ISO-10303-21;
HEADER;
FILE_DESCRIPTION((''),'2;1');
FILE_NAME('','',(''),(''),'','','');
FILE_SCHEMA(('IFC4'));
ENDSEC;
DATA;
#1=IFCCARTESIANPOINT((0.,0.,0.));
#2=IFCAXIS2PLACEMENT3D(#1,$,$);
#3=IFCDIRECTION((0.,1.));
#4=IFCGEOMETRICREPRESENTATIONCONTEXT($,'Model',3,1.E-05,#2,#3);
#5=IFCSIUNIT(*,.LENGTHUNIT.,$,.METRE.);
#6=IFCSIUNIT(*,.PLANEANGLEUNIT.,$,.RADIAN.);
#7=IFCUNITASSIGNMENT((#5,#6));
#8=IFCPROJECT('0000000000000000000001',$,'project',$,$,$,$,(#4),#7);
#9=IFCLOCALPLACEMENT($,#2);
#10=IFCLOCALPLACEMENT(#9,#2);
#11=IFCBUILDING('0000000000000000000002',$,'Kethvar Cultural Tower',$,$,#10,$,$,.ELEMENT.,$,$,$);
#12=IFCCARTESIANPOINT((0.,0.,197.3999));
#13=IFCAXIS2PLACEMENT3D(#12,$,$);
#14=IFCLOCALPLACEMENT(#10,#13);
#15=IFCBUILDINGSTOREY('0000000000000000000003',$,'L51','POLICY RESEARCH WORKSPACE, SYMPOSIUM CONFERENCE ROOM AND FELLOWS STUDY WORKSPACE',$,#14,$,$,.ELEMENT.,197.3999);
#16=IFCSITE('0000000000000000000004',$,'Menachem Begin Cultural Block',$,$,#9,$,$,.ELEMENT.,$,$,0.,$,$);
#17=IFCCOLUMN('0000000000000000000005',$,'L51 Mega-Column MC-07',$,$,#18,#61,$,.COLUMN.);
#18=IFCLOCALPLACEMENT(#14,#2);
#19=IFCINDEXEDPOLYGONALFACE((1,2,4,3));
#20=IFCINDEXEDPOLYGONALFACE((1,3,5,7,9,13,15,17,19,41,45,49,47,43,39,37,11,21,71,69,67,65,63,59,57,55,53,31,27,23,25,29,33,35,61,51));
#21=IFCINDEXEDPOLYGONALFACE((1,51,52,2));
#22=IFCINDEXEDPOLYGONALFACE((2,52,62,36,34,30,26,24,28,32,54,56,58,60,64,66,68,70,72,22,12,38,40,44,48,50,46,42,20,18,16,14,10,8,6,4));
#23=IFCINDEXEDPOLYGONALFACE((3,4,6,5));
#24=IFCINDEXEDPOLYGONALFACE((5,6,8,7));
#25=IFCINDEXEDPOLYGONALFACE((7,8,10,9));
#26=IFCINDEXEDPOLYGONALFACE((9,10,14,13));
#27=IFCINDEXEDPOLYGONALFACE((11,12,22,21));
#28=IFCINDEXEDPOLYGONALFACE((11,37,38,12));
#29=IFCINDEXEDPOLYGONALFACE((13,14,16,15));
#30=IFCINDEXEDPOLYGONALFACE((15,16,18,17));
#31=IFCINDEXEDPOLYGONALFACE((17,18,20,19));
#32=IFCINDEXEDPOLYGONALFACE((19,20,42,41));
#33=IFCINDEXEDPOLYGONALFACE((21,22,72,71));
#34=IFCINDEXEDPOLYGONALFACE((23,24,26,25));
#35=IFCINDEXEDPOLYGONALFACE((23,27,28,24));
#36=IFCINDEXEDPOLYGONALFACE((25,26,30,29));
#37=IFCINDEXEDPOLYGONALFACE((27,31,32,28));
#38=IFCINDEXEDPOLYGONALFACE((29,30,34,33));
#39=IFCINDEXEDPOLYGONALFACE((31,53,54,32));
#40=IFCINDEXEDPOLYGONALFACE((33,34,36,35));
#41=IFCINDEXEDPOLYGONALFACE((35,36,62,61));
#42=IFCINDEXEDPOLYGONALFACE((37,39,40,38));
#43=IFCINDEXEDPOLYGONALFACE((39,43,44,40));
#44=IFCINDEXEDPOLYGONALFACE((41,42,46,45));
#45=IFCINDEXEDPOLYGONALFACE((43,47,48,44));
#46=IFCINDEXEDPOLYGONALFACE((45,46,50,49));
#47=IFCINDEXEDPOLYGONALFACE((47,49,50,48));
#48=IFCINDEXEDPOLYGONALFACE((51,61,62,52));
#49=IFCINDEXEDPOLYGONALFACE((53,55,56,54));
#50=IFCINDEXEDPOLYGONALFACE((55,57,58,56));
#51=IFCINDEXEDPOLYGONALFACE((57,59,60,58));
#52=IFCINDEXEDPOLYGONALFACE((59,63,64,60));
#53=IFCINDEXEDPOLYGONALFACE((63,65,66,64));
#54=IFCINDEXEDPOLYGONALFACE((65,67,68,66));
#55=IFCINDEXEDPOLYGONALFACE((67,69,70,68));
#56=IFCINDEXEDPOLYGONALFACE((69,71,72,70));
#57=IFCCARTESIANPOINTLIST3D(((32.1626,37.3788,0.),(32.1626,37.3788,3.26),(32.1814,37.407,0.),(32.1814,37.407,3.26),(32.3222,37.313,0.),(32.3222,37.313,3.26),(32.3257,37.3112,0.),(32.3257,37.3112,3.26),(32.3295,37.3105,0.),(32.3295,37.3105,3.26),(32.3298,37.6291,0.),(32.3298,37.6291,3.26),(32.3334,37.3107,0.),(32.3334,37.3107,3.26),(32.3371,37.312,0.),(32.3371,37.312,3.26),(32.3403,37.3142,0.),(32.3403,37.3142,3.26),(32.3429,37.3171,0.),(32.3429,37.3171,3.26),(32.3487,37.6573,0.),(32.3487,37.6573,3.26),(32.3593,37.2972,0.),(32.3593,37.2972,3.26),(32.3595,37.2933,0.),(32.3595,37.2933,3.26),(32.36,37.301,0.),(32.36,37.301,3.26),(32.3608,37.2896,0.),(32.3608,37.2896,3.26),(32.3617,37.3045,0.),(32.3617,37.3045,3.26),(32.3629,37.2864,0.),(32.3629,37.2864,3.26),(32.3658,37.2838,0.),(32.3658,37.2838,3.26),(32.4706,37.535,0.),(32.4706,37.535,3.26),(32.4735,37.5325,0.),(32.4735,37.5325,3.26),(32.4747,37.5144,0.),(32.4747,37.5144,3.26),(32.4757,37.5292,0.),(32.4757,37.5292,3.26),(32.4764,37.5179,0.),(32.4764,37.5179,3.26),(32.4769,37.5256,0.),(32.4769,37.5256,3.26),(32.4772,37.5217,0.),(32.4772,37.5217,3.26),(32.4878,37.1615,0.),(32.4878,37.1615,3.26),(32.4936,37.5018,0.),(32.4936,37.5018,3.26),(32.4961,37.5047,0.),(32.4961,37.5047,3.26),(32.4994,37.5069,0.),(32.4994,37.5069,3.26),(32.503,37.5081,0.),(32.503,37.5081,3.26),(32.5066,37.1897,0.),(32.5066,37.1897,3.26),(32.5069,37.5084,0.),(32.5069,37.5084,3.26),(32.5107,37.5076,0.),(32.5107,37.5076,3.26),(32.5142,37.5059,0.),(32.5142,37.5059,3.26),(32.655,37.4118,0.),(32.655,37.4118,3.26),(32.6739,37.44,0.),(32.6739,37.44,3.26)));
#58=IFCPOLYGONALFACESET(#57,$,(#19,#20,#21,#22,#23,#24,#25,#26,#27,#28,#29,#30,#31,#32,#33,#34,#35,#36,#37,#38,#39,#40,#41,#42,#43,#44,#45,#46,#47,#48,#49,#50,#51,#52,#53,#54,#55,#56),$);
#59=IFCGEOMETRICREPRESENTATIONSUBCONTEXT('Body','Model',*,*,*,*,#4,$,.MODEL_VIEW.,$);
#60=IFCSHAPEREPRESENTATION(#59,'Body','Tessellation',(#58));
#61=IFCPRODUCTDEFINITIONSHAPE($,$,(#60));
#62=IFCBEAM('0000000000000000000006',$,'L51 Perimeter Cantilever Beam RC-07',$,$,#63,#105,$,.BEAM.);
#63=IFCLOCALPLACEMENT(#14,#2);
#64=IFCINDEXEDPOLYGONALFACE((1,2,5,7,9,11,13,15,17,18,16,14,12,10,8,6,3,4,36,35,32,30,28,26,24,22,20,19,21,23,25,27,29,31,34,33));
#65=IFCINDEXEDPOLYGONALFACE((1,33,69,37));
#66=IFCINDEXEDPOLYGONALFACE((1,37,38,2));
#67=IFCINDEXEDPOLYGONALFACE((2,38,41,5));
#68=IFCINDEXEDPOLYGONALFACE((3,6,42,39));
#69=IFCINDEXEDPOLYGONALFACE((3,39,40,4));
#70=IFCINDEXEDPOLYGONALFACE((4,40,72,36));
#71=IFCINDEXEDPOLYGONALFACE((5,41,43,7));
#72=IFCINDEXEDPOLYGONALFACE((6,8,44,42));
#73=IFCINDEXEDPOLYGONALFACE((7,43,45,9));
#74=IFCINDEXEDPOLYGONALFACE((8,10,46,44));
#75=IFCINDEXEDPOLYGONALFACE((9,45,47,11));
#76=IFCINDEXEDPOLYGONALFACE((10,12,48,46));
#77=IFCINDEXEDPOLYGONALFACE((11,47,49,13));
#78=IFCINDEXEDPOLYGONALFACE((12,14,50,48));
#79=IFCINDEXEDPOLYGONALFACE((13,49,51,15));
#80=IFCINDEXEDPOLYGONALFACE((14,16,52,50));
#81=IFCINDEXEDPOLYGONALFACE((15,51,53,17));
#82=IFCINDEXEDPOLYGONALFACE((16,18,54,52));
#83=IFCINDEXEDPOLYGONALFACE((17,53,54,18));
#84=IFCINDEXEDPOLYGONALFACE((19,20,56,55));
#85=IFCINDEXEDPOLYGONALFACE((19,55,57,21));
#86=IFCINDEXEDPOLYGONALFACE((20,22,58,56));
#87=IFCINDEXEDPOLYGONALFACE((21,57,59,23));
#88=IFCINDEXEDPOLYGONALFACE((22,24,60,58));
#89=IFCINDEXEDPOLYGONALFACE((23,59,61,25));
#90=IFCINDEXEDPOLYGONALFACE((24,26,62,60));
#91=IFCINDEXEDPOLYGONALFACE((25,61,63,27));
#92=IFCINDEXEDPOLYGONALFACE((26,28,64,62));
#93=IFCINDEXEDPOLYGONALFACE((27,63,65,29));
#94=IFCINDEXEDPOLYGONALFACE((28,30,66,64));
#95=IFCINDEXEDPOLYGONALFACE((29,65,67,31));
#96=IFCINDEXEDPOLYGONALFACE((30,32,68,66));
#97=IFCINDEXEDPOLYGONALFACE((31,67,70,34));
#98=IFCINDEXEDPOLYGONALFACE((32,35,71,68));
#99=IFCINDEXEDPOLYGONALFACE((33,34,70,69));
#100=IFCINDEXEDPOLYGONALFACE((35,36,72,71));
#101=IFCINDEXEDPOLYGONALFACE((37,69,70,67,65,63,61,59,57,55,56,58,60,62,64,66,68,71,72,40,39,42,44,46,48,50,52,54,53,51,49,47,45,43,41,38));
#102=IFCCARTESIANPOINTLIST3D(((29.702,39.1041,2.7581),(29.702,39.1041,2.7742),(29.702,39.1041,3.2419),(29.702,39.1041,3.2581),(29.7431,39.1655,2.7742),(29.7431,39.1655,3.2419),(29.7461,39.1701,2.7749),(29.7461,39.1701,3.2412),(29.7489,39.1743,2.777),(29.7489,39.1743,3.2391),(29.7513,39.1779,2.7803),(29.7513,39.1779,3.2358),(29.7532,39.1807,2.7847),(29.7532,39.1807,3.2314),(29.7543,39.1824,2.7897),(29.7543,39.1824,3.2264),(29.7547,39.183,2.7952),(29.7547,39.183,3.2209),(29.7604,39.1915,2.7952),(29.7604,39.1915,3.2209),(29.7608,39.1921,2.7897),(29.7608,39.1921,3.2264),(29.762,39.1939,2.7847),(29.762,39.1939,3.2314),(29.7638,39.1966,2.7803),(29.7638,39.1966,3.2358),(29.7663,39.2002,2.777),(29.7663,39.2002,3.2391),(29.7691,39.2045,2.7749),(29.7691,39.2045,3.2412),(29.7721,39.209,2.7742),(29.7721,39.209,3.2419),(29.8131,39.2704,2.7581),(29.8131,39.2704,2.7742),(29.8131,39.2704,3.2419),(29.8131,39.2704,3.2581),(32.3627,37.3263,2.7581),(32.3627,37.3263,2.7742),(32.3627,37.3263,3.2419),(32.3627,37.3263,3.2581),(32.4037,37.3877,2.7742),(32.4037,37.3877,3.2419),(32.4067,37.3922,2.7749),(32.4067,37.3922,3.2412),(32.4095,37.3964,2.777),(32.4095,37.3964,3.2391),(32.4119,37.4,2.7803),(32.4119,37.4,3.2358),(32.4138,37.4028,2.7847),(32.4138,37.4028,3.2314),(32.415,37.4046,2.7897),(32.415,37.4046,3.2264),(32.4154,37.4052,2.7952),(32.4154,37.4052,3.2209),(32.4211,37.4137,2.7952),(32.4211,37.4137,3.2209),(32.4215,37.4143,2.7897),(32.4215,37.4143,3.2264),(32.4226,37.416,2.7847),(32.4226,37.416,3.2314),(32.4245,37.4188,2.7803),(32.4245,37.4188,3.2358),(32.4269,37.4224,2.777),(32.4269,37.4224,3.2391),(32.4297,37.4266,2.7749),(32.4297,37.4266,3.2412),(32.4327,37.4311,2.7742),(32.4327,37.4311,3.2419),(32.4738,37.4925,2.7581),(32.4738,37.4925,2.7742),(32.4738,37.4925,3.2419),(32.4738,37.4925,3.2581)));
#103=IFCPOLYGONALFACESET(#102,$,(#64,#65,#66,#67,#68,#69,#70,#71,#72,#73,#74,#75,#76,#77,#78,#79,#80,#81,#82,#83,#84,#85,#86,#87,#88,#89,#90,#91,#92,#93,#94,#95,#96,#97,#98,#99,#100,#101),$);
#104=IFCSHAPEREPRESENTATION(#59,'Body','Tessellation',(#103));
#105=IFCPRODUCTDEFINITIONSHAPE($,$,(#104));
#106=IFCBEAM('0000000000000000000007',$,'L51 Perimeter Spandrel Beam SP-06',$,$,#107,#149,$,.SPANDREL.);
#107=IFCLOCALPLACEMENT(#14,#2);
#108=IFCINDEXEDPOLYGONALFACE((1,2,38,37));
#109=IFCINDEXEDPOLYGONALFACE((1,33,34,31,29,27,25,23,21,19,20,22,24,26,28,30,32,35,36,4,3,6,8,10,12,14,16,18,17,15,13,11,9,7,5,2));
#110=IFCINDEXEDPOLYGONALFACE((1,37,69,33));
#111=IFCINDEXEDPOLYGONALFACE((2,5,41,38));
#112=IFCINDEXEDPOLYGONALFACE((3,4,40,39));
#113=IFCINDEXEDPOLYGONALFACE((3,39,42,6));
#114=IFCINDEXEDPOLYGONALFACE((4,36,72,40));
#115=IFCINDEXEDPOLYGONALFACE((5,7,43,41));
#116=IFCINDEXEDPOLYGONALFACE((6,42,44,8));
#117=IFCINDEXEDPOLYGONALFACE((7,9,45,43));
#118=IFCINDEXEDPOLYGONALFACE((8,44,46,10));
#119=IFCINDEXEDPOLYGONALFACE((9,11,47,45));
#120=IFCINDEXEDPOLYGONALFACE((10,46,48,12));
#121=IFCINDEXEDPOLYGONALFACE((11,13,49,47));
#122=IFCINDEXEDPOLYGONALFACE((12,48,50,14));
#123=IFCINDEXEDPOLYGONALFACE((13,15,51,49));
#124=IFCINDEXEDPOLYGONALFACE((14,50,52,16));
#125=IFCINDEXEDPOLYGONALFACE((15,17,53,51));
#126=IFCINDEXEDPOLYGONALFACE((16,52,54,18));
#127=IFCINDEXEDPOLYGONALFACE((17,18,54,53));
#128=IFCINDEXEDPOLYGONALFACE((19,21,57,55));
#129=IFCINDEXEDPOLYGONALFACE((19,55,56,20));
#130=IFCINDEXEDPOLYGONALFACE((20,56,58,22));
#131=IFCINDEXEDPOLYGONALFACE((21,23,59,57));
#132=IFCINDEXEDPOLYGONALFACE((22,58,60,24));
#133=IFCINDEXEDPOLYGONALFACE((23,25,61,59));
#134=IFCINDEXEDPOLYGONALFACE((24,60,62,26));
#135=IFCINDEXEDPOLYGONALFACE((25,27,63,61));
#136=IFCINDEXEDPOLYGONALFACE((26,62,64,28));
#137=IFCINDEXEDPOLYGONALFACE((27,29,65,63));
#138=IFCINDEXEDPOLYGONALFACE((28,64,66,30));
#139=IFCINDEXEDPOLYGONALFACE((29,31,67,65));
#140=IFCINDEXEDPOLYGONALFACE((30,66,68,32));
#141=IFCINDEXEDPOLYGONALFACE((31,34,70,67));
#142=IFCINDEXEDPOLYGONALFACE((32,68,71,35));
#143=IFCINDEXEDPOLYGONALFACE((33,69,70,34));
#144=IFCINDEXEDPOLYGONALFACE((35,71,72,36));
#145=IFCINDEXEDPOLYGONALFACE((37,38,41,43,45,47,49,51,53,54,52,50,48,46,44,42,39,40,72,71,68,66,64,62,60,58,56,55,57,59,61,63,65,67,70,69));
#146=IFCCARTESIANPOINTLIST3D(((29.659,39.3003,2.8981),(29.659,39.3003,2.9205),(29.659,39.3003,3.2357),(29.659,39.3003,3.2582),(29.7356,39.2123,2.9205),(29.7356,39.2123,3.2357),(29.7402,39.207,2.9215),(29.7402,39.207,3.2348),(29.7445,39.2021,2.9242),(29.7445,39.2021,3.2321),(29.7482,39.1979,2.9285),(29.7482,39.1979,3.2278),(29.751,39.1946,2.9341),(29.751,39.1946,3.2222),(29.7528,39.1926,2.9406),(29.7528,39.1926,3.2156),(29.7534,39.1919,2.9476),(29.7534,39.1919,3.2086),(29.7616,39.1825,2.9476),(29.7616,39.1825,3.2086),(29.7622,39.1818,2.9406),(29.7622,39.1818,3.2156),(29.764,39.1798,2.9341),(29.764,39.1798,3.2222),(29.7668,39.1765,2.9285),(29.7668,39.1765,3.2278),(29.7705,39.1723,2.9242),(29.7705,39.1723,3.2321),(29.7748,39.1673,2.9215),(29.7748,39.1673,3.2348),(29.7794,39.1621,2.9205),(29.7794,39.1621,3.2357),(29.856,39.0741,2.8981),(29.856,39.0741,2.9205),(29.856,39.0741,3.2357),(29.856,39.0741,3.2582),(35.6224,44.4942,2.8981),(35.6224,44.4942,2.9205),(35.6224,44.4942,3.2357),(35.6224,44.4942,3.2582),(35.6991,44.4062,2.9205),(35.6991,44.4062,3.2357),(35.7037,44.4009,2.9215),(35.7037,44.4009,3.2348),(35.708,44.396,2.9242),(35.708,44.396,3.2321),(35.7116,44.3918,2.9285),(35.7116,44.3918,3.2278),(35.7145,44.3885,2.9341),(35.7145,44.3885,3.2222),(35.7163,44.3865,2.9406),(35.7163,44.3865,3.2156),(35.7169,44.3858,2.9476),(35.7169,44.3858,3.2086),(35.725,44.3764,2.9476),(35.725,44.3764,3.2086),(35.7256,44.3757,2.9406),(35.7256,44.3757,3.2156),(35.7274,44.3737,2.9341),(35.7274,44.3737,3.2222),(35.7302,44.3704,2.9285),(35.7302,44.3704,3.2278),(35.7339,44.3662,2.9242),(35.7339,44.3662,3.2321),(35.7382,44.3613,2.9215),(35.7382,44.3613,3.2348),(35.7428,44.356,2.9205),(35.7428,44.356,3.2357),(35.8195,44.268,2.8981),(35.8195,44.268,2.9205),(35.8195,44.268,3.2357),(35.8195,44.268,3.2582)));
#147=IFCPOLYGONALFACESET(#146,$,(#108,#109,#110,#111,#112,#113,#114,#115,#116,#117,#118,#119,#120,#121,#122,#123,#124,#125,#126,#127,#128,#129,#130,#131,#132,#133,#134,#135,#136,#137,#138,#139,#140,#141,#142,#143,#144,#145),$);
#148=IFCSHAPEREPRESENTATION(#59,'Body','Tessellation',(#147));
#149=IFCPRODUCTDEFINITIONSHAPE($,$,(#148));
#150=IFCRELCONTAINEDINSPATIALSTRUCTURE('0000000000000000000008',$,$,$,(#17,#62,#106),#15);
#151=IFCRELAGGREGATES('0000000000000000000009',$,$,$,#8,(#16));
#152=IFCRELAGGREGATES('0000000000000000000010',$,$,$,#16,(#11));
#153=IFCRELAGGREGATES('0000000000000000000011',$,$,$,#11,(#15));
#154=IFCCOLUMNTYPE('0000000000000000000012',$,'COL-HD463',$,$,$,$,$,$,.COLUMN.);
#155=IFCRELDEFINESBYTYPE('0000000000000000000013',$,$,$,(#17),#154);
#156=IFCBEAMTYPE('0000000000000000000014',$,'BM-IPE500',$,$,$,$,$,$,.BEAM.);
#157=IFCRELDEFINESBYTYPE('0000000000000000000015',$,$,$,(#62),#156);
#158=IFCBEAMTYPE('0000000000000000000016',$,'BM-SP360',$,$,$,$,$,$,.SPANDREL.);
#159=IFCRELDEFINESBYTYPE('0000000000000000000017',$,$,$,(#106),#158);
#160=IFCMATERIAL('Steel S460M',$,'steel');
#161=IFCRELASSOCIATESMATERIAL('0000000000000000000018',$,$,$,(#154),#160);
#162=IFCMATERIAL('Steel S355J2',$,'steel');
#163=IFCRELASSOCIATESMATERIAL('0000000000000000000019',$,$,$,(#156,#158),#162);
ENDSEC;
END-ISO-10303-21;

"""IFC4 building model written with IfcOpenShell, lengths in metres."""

from ifc_helpers import new_model, si_unit, direction, frame, origin, origin_2d, place, context, subcontext, project, spatial, i_section, extrude, source, transform, mapped, material, material_profile, profile_set, type_object, element, save


model = new_model("IFC4")

# Units and contexts
model_context = context("Model", 3, precision=1e-05, world=origin(), true_north=direction((0.0, 1.0)))
body_context = subcontext(model_context, "Body", "Model", "MODEL_VIEW")
ifc_project = project(units=[si_unit("LENGTHUNIT", "METRE"), si_unit("PLANEANGLEUNIT", "RADIAN")], contexts=[model_context])

# Site, building, storey
site_placement = place(None, origin())
site = spatial("IfcSite", under=ifc_project, at=site_placement, Name="Menachem Begin Cultural Block", CompositionType="ELEMENT", RefElevation=0.0)
building_placement = place(site_placement, origin())
building = spatial("IfcBuilding", under=site, at=building_placement, Name="Kethvar Cultural Tower", CompositionType="ELEMENT")
storey_placement = place(building_placement, frame((0.0, 0.0, 197.3999)))
storey = spatial("IfcBuildingStorey", under=building, at=storey_placement, Name="L51", Description="POLICY RESEARCH WORKSPACE, SYMPOSIUM CONFERENCE ROOM AND FELLOWS STUDY WORKSPACE", CompositionType="ELEMENT", Elevation=197.3999)

# Column
ifc_material_1 = material(Name="Steel S460M", Category="steel")
ifc_material_profile_1 = material_profile(ifc_material_1, i_section(OverallWidth=0.3911, OverallDepth=0.335, WebThickness=0.0227, FlangeThickness=0.0339, FilletRadius=0.0149, at=origin_2d()), Name="Steel S460M — HD400x463")
ifc_profile_set_1 = profile_set([ifc_material_profile_1], Name="Steel S460M — HD400x463")
column_type = type_object("IfcColumnType", Name="COL-HD463", PredefinedType="COLUMN", material=ifc_profile_set_1)
shared_shape_1 = source(origin(), body_context, "Body", "SweptSolid", [
    extrude(i_section(OverallWidth=0.3911, OverallDepth=0.335, WebThickness=0.0227, FlangeThickness=0.0339, FilletRadius=0.0149, at=origin_2d()), origin(), (0.0, 0.0, 1.0), 3.26),
])
column_placement = place(storey_placement, frame((32.4182, 37.4094, 0.0), z_axis=(0.0, 0.0, 1.0), x_axis=(-0.83147, 0.55557, 0.0)))
element("IfcColumn", 1, at=column_placement, inside=storey, type_object=column_type, Name="L51 Mega-Column MC-07", PredefinedType="COLUMN", context=body_context, shape_type="MappedRepresentation", body=[
    mapped(shared_shape_1, transform((0.0, 0.0, 0.0), scale=1.0)),
])

# Beams
ifc_material_2 = material(Name="Steel S355J2", Category="steel")
ifc_material_profile_2 = material_profile(ifc_material_2, i_section(OverallWidth=0.2, OverallDepth=0.5, WebThickness=0.0103, FlangeThickness=0.0161, FilletRadius=0.021, at=origin_2d()), Name="Steel S355J2 — IPE500")
ifc_profile_set_2 = profile_set([ifc_material_profile_2], Name="Steel S355J2 — IPE500")
beam_type_1 = type_object("IfcBeamType", Name="BM-IPE500", PredefinedType="BEAM", material=ifc_profile_set_2)
shared_shape_2 = source(origin(), body_context, "Body", "SweptSolid", [
    extrude(i_section(OverallWidth=0.2, OverallDepth=0.5, WebThickness=0.0103, FlangeThickness=0.0161, FilletRadius=0.021, at=origin_2d()), origin(), (0.0, 0.0, 1.0), 3.2),
])
beam_1_placement = place(storey_placement, frame((32.4182, 37.4094, 3.0081), z_axis=(-0.831463, 0.55558, 0.0), x_axis=(-0.55558, -0.831463, 0.0)))
element("IfcBeam", 2, at=beam_1_placement, inside=storey, type_object=beam_type_1, Name="L51 Perimeter Cantilever Beam RC-07", PredefinedType="BEAM", context=body_context, shape_type="MappedRepresentation", body=[
    mapped(shared_shape_2, transform((0.0, 0.0, 0.0), scale=1.0)),
])
ifc_material_profile_3 = material_profile(ifc_material_2, i_section(OverallWidth=0.3, OverallDepth=0.3601, WebThickness=0.0125, FlangeThickness=0.0225, FilletRadius=0.0271, at=origin_2d()), Name="Steel S355J2 — HEB360")
ifc_profile_set_3 = profile_set([ifc_material_profile_3], Name="Steel S355J2 — HEB360")
beam_type_2 = type_object("IfcBeamType", Name="BM-SP360", PredefinedType="SPANDREL", material=ifc_profile_set_3)
shared_shape_3 = source(origin(), body_context, "Body", "SweptSolid", [
    extrude(i_section(OverallWidth=0.3, OverallDepth=0.3601, WebThickness=0.0125, FlangeThickness=0.0225, FilletRadius=0.0271, at=origin_2d()), origin(), (0.0, 0.0, 1.0), 7.9082),
])
beam_2_placement = place(storey_placement, frame((35.7209, 44.3811, 3.0781), z_axis=(-0.754086, -0.656776, 0.0), x_axis=(0.656776, -0.754086, 0.0)))
element("IfcBeam", 3, at=beam_2_placement, inside=storey, type_object=beam_type_2, Name="L51 Perimeter Spandrel Beam SP-06", PredefinedType="SPANDREL", context=body_context, shape_type="MappedRepresentation", body=[
    mapped(shared_shape_3, transform((0.0, 0.0, 0.0), scale=1.0)),
])

save(model, "model.ifc")
